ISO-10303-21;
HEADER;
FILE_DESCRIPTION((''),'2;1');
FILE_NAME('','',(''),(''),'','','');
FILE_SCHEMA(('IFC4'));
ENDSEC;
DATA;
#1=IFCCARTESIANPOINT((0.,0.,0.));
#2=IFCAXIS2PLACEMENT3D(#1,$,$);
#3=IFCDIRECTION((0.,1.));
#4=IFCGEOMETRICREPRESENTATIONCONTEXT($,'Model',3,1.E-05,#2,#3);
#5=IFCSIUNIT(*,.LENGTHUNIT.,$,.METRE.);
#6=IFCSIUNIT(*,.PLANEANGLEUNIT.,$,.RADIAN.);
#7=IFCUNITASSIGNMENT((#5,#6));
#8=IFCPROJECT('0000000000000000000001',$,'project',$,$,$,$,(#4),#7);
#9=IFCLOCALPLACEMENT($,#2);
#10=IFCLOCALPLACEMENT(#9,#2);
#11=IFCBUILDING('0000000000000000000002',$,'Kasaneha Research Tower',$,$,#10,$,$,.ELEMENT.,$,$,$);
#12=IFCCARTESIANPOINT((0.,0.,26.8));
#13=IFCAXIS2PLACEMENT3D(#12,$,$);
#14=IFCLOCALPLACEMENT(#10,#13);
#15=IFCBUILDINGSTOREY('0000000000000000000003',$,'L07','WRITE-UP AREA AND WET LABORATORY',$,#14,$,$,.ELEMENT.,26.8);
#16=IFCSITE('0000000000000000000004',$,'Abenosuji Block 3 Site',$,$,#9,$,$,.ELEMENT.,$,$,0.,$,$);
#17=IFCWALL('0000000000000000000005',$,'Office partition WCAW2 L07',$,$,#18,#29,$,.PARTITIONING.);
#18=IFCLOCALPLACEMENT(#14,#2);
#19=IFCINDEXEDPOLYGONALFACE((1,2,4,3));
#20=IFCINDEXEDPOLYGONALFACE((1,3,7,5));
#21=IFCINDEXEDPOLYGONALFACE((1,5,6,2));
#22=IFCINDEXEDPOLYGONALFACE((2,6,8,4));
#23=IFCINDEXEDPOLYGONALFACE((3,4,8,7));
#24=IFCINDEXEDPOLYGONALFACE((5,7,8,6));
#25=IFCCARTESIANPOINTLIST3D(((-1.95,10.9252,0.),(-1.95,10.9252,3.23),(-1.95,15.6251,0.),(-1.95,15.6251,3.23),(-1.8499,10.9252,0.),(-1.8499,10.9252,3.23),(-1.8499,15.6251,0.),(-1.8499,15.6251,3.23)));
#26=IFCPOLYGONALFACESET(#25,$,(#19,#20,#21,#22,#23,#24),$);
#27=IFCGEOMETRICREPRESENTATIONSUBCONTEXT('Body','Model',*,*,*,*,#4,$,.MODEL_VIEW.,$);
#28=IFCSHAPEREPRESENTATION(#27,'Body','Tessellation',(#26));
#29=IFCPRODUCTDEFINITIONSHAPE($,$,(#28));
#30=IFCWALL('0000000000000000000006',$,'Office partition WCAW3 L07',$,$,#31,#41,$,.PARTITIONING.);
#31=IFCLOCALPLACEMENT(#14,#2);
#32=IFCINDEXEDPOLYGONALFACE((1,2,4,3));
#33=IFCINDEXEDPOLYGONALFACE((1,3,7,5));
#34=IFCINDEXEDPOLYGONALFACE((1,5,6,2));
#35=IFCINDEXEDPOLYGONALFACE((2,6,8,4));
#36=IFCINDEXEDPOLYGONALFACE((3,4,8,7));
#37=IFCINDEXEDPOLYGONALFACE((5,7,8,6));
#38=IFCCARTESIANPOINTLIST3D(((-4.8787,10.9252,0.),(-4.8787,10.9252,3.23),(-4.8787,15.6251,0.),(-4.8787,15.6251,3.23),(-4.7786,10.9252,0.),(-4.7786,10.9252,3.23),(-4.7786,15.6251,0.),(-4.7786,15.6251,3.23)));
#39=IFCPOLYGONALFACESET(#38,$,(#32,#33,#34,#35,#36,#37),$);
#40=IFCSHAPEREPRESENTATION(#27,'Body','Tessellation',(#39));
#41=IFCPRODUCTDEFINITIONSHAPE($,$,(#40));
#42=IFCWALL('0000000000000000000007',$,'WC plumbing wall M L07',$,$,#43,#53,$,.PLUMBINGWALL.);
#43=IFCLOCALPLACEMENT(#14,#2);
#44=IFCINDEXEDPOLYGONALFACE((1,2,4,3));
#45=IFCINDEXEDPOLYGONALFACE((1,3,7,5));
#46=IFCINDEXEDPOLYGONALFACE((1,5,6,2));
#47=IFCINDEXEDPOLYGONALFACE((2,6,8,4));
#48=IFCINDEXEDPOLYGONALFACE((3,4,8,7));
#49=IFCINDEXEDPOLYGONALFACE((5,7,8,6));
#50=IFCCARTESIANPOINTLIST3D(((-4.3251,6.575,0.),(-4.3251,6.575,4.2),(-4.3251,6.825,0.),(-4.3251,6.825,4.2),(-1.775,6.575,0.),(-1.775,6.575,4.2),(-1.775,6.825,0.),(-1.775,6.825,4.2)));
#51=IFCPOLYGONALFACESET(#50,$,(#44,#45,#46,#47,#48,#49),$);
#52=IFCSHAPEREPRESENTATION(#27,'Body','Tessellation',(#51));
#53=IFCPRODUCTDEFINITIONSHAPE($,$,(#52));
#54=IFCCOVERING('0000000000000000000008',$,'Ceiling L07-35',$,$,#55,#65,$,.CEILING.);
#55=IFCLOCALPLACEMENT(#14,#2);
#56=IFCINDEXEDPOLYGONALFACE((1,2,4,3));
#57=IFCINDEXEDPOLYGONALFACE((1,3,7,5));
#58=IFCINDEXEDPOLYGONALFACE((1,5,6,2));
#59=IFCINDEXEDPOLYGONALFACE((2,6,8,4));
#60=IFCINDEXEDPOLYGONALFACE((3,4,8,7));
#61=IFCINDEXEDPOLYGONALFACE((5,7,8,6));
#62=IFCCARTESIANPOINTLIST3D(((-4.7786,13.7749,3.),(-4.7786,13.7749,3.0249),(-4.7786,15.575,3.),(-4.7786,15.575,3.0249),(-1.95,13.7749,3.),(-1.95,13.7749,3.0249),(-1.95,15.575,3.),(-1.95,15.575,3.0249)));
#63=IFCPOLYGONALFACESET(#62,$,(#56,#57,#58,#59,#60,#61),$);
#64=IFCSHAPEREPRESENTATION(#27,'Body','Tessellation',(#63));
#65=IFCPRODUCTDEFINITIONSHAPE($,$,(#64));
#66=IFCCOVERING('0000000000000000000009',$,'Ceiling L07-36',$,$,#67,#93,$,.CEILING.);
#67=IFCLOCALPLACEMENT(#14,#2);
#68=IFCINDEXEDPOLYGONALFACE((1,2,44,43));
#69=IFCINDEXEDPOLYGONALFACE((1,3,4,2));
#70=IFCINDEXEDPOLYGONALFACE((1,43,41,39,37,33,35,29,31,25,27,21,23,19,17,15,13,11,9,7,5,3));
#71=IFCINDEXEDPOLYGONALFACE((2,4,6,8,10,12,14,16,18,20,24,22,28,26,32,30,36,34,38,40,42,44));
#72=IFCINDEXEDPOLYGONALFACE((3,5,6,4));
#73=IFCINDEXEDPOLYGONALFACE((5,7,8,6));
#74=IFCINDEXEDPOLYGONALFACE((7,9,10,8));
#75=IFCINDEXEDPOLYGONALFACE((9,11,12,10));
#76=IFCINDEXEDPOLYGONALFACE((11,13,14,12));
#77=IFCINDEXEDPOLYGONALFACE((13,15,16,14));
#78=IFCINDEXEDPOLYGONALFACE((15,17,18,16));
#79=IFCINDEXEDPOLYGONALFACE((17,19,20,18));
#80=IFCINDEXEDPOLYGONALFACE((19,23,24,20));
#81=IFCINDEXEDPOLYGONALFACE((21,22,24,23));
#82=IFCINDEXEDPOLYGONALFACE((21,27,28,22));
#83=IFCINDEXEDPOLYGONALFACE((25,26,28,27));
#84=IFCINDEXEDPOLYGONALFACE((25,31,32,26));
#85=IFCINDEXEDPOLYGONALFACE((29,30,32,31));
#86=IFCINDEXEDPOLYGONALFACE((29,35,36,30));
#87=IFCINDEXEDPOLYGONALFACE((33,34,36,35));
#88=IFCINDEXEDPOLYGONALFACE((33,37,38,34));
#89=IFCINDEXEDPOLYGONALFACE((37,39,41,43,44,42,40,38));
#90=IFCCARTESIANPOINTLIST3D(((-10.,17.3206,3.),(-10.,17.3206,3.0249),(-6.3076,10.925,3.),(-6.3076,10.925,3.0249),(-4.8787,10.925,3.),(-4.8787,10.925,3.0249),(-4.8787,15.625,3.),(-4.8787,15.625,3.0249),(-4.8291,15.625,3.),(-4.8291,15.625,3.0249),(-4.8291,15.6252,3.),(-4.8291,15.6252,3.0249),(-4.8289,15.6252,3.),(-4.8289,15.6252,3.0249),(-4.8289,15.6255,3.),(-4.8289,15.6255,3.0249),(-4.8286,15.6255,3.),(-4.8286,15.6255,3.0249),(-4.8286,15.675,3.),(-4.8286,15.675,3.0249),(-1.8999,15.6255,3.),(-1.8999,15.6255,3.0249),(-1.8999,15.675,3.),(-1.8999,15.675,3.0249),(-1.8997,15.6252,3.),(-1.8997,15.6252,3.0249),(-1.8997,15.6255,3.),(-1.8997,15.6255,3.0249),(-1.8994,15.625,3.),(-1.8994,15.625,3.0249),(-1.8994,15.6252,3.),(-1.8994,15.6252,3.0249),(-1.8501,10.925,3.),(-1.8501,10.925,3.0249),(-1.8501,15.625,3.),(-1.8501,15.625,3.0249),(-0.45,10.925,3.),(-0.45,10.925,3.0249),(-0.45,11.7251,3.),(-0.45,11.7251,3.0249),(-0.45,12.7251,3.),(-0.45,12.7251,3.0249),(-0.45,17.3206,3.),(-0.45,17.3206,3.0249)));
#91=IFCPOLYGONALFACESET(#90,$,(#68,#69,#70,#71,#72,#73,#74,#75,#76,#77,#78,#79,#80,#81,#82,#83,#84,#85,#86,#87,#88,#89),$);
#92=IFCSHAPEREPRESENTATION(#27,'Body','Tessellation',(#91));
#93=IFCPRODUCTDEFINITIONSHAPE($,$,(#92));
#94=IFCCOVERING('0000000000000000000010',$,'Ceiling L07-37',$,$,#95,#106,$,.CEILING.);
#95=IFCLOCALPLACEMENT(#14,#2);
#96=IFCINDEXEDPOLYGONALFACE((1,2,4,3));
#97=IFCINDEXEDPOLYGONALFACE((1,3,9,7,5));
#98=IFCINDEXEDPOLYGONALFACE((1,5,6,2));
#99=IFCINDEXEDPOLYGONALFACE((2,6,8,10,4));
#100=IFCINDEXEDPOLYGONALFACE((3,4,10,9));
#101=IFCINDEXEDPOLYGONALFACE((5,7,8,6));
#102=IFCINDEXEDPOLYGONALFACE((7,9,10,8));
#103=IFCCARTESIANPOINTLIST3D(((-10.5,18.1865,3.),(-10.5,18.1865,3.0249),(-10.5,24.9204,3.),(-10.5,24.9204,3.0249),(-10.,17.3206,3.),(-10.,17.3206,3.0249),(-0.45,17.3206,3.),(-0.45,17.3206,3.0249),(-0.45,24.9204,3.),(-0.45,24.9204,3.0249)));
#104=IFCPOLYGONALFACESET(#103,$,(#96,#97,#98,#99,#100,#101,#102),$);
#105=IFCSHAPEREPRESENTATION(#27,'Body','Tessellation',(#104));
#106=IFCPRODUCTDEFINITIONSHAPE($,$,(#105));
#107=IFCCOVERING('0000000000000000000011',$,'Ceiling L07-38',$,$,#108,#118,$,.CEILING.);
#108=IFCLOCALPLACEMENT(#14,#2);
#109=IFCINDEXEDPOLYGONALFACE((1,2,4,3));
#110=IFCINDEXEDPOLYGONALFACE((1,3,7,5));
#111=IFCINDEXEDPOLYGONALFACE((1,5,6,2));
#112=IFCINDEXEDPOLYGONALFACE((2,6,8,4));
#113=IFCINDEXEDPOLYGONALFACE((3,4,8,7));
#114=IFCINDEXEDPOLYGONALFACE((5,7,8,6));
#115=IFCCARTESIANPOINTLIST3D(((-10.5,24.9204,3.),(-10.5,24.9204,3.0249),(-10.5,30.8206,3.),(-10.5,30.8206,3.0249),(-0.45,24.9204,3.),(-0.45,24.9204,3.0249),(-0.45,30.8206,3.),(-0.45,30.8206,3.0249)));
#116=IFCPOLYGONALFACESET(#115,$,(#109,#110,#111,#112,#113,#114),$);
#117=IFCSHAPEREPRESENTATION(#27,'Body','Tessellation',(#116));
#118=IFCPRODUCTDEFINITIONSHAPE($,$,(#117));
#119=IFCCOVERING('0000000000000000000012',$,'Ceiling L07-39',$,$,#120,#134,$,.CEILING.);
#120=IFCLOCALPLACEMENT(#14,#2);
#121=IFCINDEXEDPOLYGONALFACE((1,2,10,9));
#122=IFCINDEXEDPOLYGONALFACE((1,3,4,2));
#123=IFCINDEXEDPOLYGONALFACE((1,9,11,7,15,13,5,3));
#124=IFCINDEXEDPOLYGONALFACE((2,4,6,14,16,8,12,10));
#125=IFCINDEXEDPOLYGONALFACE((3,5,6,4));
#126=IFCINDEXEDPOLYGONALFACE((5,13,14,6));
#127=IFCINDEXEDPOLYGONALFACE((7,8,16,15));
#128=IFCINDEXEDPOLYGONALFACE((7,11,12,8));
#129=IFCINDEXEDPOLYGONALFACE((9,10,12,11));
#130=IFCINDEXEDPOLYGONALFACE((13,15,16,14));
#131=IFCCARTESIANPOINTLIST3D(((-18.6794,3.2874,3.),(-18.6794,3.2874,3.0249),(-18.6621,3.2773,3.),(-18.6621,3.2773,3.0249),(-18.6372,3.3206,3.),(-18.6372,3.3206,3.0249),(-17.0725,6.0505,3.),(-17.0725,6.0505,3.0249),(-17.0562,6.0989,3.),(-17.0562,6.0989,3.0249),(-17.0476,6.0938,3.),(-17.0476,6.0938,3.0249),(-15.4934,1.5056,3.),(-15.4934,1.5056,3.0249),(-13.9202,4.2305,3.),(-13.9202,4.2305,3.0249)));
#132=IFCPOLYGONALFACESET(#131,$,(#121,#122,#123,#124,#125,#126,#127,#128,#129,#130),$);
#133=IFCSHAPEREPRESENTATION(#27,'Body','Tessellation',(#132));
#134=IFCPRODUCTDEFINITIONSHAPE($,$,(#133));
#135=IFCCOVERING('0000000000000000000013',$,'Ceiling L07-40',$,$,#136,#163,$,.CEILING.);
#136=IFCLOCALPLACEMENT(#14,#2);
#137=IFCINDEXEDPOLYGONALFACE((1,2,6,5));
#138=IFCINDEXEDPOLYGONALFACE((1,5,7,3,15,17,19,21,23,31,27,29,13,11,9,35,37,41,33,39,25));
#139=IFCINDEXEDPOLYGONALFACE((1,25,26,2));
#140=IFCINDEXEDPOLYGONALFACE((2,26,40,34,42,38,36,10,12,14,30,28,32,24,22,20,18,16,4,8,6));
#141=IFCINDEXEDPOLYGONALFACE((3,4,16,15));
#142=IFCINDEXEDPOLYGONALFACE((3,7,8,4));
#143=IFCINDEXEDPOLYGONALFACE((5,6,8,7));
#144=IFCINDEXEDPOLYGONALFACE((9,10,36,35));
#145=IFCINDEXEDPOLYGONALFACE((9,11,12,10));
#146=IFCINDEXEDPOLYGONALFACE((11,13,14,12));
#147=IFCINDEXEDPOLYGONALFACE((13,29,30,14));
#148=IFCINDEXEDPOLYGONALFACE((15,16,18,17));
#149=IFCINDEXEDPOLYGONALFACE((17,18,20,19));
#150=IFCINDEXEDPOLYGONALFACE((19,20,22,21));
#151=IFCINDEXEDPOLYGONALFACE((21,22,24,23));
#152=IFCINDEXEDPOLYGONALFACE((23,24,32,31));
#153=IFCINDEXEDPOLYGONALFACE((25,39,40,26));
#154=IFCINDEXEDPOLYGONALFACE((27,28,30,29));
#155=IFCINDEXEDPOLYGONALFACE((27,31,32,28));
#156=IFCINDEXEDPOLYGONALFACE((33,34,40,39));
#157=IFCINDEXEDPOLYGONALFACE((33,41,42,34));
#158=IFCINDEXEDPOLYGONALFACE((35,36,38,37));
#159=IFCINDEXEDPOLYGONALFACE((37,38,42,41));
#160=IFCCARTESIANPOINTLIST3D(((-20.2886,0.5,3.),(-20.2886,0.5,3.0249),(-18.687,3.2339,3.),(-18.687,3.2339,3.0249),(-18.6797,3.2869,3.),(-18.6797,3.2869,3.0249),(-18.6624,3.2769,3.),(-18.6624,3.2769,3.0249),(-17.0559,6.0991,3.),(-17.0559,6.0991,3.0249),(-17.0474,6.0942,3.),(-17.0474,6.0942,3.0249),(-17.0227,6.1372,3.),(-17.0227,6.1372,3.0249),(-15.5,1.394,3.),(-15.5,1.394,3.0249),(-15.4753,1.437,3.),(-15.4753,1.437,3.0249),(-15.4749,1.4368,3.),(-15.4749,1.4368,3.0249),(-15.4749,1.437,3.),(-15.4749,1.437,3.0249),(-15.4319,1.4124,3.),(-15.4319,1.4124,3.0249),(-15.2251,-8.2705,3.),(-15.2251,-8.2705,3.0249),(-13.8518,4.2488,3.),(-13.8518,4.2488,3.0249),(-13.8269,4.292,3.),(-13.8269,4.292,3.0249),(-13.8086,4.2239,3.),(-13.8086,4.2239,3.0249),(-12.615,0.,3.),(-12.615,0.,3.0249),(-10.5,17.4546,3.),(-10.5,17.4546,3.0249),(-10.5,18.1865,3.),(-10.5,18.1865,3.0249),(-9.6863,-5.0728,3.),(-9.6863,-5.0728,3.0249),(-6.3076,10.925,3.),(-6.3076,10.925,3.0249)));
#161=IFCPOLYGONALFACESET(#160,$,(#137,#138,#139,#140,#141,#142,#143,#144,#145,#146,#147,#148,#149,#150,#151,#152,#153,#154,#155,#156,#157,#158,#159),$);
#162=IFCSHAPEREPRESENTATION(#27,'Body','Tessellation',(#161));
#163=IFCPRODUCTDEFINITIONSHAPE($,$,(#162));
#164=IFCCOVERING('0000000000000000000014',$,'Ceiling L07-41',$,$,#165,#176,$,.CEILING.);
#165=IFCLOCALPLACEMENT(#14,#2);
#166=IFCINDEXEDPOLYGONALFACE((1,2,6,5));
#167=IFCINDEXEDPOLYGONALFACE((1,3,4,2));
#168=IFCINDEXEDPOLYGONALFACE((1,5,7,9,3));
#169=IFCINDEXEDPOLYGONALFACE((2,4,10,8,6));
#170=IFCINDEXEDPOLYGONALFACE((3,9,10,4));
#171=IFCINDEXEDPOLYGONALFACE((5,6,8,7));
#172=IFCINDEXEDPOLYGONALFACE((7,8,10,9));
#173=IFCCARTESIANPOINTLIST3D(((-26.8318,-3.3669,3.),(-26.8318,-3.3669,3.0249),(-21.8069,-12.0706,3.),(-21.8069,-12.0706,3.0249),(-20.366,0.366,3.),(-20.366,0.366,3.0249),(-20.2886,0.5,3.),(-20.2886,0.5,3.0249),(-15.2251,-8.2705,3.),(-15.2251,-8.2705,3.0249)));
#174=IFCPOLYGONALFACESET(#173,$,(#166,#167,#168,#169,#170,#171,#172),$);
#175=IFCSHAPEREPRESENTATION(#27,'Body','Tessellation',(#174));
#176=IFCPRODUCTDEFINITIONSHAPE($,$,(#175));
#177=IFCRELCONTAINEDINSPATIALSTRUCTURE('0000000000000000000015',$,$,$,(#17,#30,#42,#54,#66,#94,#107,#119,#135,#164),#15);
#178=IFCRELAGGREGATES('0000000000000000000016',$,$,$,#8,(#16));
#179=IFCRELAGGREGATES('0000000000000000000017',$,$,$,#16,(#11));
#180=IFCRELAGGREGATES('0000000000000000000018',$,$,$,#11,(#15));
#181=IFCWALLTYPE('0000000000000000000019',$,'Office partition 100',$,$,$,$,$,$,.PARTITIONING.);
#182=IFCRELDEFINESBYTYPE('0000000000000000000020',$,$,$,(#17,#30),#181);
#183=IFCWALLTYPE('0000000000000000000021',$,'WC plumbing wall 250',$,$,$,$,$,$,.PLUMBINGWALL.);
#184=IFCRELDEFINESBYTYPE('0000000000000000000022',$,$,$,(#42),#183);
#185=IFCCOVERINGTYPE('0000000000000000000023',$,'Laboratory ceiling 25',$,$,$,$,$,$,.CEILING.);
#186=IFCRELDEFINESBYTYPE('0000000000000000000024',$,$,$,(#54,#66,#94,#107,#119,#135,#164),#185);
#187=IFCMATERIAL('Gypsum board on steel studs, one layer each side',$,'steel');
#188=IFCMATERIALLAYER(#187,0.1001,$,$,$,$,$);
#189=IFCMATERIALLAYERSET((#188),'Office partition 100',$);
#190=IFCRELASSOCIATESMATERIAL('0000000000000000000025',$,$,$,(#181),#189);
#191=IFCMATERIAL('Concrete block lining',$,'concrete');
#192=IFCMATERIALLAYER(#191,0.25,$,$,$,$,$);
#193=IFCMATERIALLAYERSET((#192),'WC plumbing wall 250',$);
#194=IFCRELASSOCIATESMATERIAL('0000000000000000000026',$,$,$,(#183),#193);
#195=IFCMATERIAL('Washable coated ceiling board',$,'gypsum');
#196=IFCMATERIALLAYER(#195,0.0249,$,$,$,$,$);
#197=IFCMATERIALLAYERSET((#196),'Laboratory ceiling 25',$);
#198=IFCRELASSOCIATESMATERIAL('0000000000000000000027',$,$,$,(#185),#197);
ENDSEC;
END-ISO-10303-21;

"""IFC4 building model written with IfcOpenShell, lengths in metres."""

from ifc_helpers import new_model, si_unit, direction, frame, frame_2d, origin, place, context, subcontext, project, spatial, polyline, rectangle, outline, extrude, material, layer, layer_set, type_object, element, save


model = new_model("IFC4")

# Units and contexts
model_context = context("Model", 3, precision=1e-05, world=origin(), true_north=direction((0.0, 1.0)))
body_context = subcontext(model_context, "Body", "Model", "MODEL_VIEW")
ifc_project = project(units=[si_unit("LENGTHUNIT", "METRE"), si_unit("PLANEANGLEUNIT", "RADIAN")], contexts=[model_context])

# Site, building, storey
site_placement = place(None, origin())
site = spatial("IfcSite", under=ifc_project, at=site_placement, Name="Abenosuji Block 3 Site", CompositionType="ELEMENT", RefElevation=0.0)
building_placement = place(site_placement, origin())
building = spatial("IfcBuilding", under=site, at=building_placement, Name="Kasaneha Research Tower", CompositionType="ELEMENT")
storey_placement = place(building_placement, frame((0.0, 0.0, 26.8)))
storey = spatial("IfcBuildingStorey", under=building, at=storey_placement, Name="L07", Description="WRITE-UP AREA AND WET LABORATORY", CompositionType="ELEMENT", Elevation=26.8)

# Shared definitions
ifc_material_1 = material(Name="Gypsum board on steel studs, one layer each side", Category="steel")
ifc_layer_1 = layer(ifc_material_1, 0.1001)
ifc_layer_set_1 = layer_set([ifc_layer_1], Name="Office partition 100")
wall_type_1 = type_object("IfcWallType", Name="Office partition 100", PredefinedType="PARTITIONING", material=ifc_layer_set_1)

# Walls
for number, where, z_axis, x_axis, name in (
    (1, (-1.8999, 10.925, 0.0), (0.0, 0.0, 1.0), (0.0, 1.0, 0.0), "Office partition WCAW2 L07"),
    (2, (-4.8286, 10.925, 0.0), (0.0, 0.0, 1.0), (0.0, 1.0, 0.0), "Office partition WCAW3 L07"),
):
    element("IfcWall", number, at=place(storey_placement, frame(where, z_axis=z_axis, x_axis=x_axis)), inside=storey, type_object=wall_type_1, Name=name, PredefinedType="PARTITIONING", context=body_context, shape_type="SweptSolid", body=[
        extrude(rectangle(XDim=4.7, YDim=0.1001, at=frame_2d((2.3501, 0.0))), origin(), (0.0, 0.0, 1.0), 3.23),
    ])

# Wall
ifc_material_2 = material(Name="Concrete block lining", Category="concrete")
ifc_layer_2 = layer(ifc_material_2, 0.25)
ifc_layer_set_2 = layer_set([ifc_layer_2], Name="WC plumbing wall 250")
wall_type_2 = type_object("IfcWallType", Name="WC plumbing wall 250", PredefinedType="PLUMBINGWALL", material=ifc_layer_set_2)
wall_1_placement = place(storey_placement, frame((-4.325, 6.7, 0.0), z_axis=(0.0, 0.0, 1.0), x_axis=(1.0, 0.0, 0.0)))
element("IfcWall", 3, at=wall_1_placement, inside=storey, type_object=wall_type_2, Name="WC plumbing wall M L07", PredefinedType="PLUMBINGWALL", context=body_context, shape_type="SweptSolid", body=[
    extrude(rectangle(XDim=2.55, YDim=0.25, at=frame_2d((1.2749, 0.0))), origin(), (0.0, 0.0, 1.0), 4.2),
])

# Coverings
ifc_material_3 = material(Name="Washable coated ceiling board", Category="gypsum")
ifc_layer_3 = layer(ifc_material_3, 0.0249)
ifc_layer_set_3 = layer_set([ifc_layer_3], Name="Laboratory ceiling 25")
covering_type = type_object("IfcCoveringType", Name="Laboratory ceiling 25", PredefinedType="CEILING", material=ifc_layer_set_3)
covering_1_placement = place(storey_placement, frame((0.0, 0.0, 3.0)))
element("IfcCovering", 4, at=covering_1_placement, inside=storey, type_object=covering_type, Name="Ceiling L07-35", PredefinedType="CEILING", context=body_context, shape_type="SweptSolid", body=[
    extrude(outline(polyline([(-4.7786, 15.575), (-1.95, 15.575), (-1.95, 13.7749), (-4.7786, 13.7749), (-4.7786, 15.575)])), origin(), (0.0, 0.0, 1.0), 0.0249),
])
covering_2_placement = place(storey_placement, frame((0.0, 0.0, 3.0)))
element("IfcCovering", 5, at=covering_2_placement, inside=storey, type_object=covering_type, Name="Ceiling L07-36", PredefinedType="CEILING", context=body_context, shape_type="SweptSolid", body=[
    extrude(outline(polyline([(-1.8501, 10.925), (-1.8501, 15.625), (-1.8994, 15.625), (-1.8994, 15.625), (-1.8994, 15.625), (-1.8994, 15.6252), (-1.8997, 15.6252), (-1.8997, 15.6252), (-1.8997, 15.6252), (-1.8997, 15.6252), (-1.8997, 15.6252), (-1.8997, 15.6255), (-1.8997, 15.6255), (-1.8997, 15.6255), (-1.8999, 15.6255), (-1.8999, 15.6255), (-1.8999, 15.6255), (-1.8999, 15.6255), (-1.8999, 15.6255), (-1.8999, 15.675), (-4.8286, 15.675), (-4.8286, 15.6255), (-4.8286, 15.6255), (-4.8286, 15.6255), (-4.8286, 15.6255), (-4.8289, 15.6255), (-4.8289, 15.6255), (-4.8289, 15.6255), (-4.8289, 15.6255), (-4.8289, 15.6252), (-4.8289, 15.6252), (-4.8291, 15.6252), (-4.8291, 15.6252), (-4.8291, 15.6252), (-4.8291, 15.6252), (-4.8291, 15.625), (-4.8291, 15.625), (-4.8291, 15.625), (-4.8787, 15.625), (-4.8787, 10.925), (-6.3076, 10.925), (-10.0, 17.3206), (-0.45, 17.3206), (-0.45, 12.7251), (-0.45, 11.7251), (-0.45, 10.925), (-1.8501, 10.925)])), origin(), (0.0, 0.0, 1.0), 0.0249),
])
covering_3_placement = place(storey_placement, frame((0.0, 0.0, 3.0)))
element("IfcCovering", 6, at=covering_3_placement, inside=storey, type_object=covering_type, Name="Ceiling L07-37", PredefinedType="CEILING", context=body_context, shape_type="SweptSolid", body=[
    extrude(outline(polyline([(-10.5, 24.9204), (-0.45, 24.9204), (-0.45, 17.3206), (-10.0, 17.3206), (-10.5, 18.1865), (-10.5, 24.9204)])), origin(), (0.0, 0.0, 1.0), 0.0249),
])
covering_4_placement = place(storey_placement, frame((0.0, 0.0, 3.0)))
element("IfcCovering", 7, at=covering_4_placement, inside=storey, type_object=covering_type, Name="Ceiling L07-38", PredefinedType="CEILING", context=body_context, shape_type="SweptSolid", body=[
    extrude(outline(polyline([(-0.45, 30.8206), (-0.45, 24.9204), (-10.5, 24.9204), (-10.5, 30.8206), (-0.45, 30.8206)])), origin(), (0.0, 0.0, 1.0), 0.0249),
])
covering_5_placement = place(storey_placement, frame((0.0, 0.0, 3.0)))
element("IfcCovering", 8, at=covering_5_placement, inside=storey, type_object=covering_type, Name="Ceiling L07-39", PredefinedType="CEILING", context=body_context, shape_type="SweptSolid", body=[
    extrude(outline(polyline([(-17.0562, 6.0989), (-17.0476, 6.0938), (-17.0725, 6.0505), (-13.9202, 4.2305), (-15.4934, 1.5056), (-18.6372, 3.3206), (-18.6621, 3.2773), (-18.6794, 3.2874), (-17.0562, 6.0989)])), origin(), (0.0, 0.0, 1.0), 0.0249),
])
covering_6_placement = place(storey_placement, frame((0.0, 0.0, 3.0)))
element("IfcCovering", 9, at=covering_6_placement, inside=storey, type_object=covering_type, Name="Ceiling L07-40", PredefinedType="CEILING", context=body_context, shape_type="SweptSolid", body=[
    extrude(outline(polyline([(-9.6863, -5.0728), (-15.2251, -8.2705), (-20.2886, 0.5), (-18.6797, 3.2869), (-18.6624, 3.2769), (-18.687, 3.2339), (-15.5, 1.394), (-15.4753, 1.437), (-15.4749, 1.4368), (-15.4749, 1.437), (-15.4319, 1.4124), (-13.8086, 4.2239), (-13.8518, 4.2488), (-13.8269, 4.292), (-17.0227, 6.1372), (-17.0474, 6.0942), (-17.0559, 6.0991), (-10.5, 17.4546), (-10.5, 18.1865), (-6.3076, 10.925), (-12.615, 0.0), (-9.6863, -5.0728)])), origin(), (0.0, 0.0, 1.0), 0.0249),
])
covering_7_placement = place(storey_placement, frame((0.0, 0.0, 3.0)))
element("IfcCovering", 10, at=covering_7_placement, inside=storey, type_object=covering_type, Name="Ceiling L07-41", PredefinedType="CEILING", context=body_context, shape_type="SweptSolid", body=[
    extrude(outline(polyline([(-26.8318, -3.3669), (-20.366, 0.366), (-20.2886, 0.5), (-15.2251, -8.2705), (-21.8069, -12.0706), (-26.8318, -3.3669)])), origin(), (0.0, 0.0, 1.0), 0.0249),
])

save(model, "model.ifc")
